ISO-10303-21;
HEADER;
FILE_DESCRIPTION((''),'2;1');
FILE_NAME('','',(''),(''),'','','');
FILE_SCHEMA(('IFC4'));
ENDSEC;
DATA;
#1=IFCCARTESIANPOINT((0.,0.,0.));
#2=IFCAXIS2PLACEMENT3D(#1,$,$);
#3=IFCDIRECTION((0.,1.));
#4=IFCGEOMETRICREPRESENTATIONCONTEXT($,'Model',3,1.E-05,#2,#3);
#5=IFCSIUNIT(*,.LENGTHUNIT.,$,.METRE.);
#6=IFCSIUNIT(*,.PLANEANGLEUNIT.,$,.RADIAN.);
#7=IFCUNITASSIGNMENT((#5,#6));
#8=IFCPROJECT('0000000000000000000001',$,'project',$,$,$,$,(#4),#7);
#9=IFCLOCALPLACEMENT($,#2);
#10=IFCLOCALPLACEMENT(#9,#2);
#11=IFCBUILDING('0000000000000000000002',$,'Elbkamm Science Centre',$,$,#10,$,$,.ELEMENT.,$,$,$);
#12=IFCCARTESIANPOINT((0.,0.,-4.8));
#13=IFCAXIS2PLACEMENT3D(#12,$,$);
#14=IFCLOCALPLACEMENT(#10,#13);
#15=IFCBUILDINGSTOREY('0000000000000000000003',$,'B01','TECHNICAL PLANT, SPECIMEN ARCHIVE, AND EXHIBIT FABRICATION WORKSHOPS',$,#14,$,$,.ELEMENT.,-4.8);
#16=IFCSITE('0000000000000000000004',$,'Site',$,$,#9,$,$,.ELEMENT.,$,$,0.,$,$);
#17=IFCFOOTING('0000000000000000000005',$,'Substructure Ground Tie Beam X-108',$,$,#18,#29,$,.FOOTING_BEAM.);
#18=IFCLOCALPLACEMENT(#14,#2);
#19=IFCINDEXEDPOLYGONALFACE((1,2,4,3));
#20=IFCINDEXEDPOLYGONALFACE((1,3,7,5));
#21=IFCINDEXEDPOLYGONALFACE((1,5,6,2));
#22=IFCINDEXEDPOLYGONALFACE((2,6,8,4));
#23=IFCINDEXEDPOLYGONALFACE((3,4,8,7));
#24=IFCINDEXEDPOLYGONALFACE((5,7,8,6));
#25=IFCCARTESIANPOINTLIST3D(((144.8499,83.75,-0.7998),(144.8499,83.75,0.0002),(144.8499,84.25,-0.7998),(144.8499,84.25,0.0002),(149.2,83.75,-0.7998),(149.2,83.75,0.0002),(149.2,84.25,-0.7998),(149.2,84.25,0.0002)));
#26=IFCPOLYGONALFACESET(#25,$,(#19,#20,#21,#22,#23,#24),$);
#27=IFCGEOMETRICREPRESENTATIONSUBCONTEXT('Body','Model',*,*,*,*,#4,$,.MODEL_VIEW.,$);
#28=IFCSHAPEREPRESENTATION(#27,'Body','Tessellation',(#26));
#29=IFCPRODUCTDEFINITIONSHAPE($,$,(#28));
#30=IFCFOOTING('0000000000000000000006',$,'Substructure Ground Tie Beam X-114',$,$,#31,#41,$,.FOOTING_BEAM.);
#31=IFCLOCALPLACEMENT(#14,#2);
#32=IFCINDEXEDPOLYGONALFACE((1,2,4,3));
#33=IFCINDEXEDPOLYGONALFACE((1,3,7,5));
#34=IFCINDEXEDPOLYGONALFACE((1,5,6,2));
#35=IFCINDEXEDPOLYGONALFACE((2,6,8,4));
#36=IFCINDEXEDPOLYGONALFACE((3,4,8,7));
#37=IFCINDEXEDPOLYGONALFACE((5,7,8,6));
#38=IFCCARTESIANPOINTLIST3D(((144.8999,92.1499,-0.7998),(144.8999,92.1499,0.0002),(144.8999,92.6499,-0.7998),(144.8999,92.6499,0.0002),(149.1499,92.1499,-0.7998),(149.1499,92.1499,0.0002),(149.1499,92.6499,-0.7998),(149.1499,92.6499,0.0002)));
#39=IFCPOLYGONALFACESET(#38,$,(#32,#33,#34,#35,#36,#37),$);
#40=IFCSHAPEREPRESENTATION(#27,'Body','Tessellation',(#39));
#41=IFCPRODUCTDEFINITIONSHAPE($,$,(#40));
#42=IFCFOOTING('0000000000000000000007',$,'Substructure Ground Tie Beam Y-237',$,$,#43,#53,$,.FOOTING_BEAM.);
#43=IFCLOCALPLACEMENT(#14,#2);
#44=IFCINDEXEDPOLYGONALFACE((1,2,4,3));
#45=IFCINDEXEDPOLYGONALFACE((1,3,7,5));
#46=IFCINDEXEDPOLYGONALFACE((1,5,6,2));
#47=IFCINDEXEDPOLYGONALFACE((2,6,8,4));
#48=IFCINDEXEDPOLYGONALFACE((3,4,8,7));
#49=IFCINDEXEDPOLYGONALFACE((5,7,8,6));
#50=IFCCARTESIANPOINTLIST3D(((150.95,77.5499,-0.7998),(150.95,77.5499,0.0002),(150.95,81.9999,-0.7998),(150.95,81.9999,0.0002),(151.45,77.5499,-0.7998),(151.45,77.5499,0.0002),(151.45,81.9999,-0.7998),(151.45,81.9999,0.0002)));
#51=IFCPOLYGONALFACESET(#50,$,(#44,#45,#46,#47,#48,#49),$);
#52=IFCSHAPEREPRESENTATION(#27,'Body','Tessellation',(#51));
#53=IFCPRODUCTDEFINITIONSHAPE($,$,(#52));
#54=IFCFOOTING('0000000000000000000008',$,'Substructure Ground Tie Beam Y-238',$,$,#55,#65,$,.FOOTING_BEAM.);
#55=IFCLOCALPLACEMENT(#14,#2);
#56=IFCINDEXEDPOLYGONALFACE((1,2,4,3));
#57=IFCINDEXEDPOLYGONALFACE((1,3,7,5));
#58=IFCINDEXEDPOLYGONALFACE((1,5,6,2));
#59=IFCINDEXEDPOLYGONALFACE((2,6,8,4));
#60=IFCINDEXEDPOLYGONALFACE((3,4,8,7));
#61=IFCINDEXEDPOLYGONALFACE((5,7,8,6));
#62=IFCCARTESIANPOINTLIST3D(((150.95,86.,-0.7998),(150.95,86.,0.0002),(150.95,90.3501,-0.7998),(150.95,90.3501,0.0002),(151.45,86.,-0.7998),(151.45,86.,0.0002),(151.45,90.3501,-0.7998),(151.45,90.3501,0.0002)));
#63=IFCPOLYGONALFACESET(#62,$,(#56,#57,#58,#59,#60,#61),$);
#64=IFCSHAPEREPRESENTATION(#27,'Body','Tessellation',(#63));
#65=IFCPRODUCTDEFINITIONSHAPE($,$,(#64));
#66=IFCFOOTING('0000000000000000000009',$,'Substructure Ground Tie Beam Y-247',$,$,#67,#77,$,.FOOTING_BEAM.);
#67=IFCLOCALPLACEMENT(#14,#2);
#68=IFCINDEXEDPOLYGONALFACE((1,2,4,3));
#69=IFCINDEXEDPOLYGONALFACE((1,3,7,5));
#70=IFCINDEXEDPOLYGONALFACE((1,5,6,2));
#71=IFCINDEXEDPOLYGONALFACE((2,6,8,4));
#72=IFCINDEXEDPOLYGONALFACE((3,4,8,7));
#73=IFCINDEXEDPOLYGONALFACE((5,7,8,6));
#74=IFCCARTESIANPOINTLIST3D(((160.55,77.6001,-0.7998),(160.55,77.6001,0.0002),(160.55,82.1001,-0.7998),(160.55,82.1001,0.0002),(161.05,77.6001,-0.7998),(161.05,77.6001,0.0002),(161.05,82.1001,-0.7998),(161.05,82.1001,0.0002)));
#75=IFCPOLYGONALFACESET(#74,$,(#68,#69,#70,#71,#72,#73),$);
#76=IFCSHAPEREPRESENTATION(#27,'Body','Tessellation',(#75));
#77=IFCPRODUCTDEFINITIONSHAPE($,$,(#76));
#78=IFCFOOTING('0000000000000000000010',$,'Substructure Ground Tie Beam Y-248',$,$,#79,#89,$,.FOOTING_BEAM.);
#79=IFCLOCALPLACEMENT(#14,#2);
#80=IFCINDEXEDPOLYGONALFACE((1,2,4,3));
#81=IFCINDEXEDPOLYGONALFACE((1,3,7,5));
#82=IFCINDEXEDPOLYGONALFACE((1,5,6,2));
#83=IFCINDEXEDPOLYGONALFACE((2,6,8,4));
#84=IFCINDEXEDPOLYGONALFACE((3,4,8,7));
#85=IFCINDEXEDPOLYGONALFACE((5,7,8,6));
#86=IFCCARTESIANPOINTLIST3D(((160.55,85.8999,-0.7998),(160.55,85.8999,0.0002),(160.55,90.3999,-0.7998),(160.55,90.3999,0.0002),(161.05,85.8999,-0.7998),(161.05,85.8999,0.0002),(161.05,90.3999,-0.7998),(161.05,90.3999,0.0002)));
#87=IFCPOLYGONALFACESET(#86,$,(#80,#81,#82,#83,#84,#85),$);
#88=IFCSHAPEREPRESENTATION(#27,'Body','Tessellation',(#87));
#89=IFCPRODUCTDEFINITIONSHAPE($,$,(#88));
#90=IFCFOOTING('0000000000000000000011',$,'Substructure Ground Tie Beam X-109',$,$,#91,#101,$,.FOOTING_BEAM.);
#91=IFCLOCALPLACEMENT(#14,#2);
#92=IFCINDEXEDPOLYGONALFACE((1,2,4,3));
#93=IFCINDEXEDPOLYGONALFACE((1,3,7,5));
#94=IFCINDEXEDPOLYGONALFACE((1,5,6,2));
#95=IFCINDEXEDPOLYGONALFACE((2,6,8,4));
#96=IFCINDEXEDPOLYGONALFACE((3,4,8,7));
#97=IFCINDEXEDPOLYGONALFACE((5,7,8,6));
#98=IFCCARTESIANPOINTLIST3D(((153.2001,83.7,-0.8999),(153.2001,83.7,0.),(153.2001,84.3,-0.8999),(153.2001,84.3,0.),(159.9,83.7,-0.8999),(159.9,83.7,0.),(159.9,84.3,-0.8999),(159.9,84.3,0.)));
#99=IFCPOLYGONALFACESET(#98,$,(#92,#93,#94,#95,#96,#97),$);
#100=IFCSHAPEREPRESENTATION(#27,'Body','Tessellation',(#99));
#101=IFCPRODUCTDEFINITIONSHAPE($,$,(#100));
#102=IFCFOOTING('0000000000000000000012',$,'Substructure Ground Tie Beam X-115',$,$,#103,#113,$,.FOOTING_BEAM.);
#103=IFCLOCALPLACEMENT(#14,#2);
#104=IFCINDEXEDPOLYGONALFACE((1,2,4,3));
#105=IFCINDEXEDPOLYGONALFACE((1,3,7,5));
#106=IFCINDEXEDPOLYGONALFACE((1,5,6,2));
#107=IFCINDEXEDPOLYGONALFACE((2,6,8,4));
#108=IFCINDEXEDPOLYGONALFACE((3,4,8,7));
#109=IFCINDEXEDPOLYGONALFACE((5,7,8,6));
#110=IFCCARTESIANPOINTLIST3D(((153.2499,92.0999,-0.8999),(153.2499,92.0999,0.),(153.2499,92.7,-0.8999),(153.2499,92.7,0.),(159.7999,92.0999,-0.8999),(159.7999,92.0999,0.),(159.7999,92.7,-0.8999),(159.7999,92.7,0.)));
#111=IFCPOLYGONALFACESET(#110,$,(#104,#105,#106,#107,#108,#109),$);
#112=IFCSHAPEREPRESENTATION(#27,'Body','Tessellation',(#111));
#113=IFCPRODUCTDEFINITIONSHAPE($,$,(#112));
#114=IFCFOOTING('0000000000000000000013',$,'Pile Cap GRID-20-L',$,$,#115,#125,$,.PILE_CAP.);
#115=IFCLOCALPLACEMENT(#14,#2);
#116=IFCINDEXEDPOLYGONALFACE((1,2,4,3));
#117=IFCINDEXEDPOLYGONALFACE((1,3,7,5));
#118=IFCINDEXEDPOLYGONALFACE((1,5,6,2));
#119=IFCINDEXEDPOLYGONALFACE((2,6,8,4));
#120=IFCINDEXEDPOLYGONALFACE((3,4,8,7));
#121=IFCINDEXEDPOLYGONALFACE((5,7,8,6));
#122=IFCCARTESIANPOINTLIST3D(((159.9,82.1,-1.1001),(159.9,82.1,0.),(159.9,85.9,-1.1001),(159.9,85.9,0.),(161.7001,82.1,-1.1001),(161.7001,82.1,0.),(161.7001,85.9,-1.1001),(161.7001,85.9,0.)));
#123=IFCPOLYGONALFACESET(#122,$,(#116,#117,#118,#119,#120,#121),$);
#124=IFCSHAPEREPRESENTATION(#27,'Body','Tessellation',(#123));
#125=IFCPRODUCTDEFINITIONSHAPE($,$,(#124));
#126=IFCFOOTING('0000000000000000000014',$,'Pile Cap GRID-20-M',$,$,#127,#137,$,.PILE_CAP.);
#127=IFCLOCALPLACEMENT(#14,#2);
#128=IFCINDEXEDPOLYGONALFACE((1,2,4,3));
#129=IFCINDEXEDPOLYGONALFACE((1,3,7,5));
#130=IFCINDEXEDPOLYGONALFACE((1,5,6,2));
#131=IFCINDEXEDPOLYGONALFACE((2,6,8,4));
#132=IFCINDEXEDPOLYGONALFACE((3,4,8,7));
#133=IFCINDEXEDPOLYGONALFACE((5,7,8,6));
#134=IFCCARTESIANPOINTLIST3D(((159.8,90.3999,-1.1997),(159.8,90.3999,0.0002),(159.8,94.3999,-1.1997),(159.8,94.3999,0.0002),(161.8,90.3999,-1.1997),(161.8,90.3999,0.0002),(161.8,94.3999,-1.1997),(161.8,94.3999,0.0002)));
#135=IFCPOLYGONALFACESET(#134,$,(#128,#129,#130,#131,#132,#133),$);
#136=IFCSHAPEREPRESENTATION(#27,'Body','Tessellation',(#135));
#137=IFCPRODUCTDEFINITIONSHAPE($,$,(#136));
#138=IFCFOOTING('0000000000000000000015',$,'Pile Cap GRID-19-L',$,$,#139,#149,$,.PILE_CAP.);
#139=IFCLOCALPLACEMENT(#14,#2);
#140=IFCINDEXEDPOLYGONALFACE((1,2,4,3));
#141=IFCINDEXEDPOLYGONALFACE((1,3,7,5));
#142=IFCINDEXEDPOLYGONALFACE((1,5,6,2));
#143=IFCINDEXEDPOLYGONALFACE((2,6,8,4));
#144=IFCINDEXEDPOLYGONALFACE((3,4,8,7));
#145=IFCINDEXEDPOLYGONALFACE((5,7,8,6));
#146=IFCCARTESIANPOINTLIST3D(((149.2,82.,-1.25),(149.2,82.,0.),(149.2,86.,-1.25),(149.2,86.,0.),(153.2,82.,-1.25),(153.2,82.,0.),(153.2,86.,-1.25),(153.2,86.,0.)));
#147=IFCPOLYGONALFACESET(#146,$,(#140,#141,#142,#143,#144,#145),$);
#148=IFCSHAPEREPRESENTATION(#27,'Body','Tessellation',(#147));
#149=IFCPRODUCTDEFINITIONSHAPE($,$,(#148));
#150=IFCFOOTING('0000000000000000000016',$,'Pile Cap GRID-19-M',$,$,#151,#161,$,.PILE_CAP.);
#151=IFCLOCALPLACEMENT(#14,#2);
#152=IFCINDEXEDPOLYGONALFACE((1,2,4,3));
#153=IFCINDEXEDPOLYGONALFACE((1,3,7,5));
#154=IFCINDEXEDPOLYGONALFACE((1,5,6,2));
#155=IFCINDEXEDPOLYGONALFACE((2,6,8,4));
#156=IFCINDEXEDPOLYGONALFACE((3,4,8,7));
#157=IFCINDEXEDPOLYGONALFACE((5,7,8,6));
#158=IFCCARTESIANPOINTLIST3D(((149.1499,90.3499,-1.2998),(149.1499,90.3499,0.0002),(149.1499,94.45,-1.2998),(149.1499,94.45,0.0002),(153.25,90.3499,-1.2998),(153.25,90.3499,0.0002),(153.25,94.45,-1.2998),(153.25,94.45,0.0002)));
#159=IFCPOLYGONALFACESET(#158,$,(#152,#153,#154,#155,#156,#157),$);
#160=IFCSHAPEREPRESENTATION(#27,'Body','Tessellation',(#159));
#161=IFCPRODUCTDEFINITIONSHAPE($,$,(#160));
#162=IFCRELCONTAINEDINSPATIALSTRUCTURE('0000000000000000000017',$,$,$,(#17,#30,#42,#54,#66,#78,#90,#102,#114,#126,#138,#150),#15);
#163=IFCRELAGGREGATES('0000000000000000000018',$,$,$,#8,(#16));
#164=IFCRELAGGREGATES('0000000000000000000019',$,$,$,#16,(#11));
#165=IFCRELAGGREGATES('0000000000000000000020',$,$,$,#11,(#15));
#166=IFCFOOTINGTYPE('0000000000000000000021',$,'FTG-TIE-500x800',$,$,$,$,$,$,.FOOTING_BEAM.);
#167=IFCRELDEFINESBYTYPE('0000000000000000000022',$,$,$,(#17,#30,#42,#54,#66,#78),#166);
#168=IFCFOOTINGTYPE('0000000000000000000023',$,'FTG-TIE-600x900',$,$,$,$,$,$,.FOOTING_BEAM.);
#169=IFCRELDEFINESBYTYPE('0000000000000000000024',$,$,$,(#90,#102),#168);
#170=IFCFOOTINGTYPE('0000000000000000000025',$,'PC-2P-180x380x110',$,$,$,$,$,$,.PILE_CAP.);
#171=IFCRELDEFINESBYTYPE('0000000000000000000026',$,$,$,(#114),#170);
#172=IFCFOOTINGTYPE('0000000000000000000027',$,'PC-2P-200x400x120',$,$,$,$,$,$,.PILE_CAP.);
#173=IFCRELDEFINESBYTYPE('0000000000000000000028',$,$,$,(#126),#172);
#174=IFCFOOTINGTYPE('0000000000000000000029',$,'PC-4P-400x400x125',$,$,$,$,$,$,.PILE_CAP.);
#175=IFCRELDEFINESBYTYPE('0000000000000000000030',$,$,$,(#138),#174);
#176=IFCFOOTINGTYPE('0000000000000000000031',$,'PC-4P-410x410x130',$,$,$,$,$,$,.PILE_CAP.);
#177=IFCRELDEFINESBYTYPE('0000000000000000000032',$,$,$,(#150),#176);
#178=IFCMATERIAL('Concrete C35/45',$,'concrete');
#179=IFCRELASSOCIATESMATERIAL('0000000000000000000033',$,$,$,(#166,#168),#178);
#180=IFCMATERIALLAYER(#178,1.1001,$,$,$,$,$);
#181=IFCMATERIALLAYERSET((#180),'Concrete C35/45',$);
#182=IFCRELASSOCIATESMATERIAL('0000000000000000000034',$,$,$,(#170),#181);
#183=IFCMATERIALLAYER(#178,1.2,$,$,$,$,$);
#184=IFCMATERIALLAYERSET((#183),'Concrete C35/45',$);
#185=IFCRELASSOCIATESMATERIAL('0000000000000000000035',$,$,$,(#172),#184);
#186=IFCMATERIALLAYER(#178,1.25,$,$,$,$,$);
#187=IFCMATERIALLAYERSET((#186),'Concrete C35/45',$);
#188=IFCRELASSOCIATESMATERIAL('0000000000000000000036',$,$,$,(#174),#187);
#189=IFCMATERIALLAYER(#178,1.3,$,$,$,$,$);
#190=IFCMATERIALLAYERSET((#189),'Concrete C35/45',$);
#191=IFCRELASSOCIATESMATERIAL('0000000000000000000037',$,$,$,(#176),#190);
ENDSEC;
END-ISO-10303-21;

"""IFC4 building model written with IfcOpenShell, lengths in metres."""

from ifc_helpers import new_model, si_unit, direction, frame, origin, origin_2d, place, context, subcontext, project, spatial, rectangle, extrude, material, layer, layer_set, type_object, element, save


model = new_model("IFC4")

# Units and contexts
model_context = context("Model", 3, precision=1e-05, world=origin(), true_north=direction((0.0, 1.0)))
body_context = subcontext(model_context, "Body", "Model", "MODEL_VIEW")
ifc_project = project(units=[si_unit("LENGTHUNIT", "METRE"), si_unit("PLANEANGLEUNIT", "RADIAN")], contexts=[model_context])

# Site, building, storey
site_placement = place(None, origin())
site = spatial("IfcSite", under=ifc_project, at=site_placement, Name="Site", CompositionType="ELEMENT", RefElevation=0.0)
building_placement = place(site_placement, origin())
building = spatial("IfcBuilding", under=site, at=building_placement, Name="Elbkamm Science Centre", CompositionType="ELEMENT")
storey_placement = place(building_placement, frame((0.0, 0.0, -4.8)))
storey = spatial("IfcBuildingStorey", under=building, at=storey_placement, Name="B01", Description="TECHNICAL PLANT, SPECIMEN ARCHIVE, AND EXHIBIT FABRICATION WORKSHOPS", CompositionType="ELEMENT", Elevation=-4.8)

# Footings
ifc_material_1 = material(Name="Concrete C35/45", Category="concrete")
footing_type_1 = type_object("IfcFootingType", Name="FTG-TIE-500x800", PredefinedType="FOOTING_BEAM", material=ifc_material_1)
footing_1_placement = place(storey_placement, frame((147.0249, 84.0, -0.7998), z_axis=(0.0, 0.0, 1.0), x_axis=(1.0, 0.0, 0.0)))
element("IfcFooting", 1, at=footing_1_placement, inside=storey, type_object=footing_type_1, Name="Substructure Ground Tie Beam X-108", PredefinedType="FOOTING_BEAM", context=body_context, shape_type="SweptSolid", body=[
    extrude(rectangle(XDim=4.3501, YDim=0.5, at=origin_2d()), origin(), (0.0, 0.0, 1.0), 0.8),
])
footing_2_placement = place(storey_placement, frame((147.0249, 92.3999, -0.7998), z_axis=(0.0, 0.0, 1.0), x_axis=(1.0, 0.0, 0.0)))
element("IfcFooting", 2, at=footing_2_placement, inside=storey, type_object=footing_type_1, Name="Substructure Ground Tie Beam X-114", PredefinedType="FOOTING_BEAM", context=body_context, shape_type="SweptSolid", body=[
    extrude(rectangle(XDim=4.25, YDim=0.5, at=origin_2d()), origin(), (0.0, 0.0, 1.0), 0.8),
])
footing_3_placement = place(storey_placement, frame((151.2, 79.7749, -0.7998), z_axis=(0.0, 0.0, 1.0), x_axis=(1.0, 0.0, 0.0)))
element("IfcFooting", 3, at=footing_3_placement, inside=storey, type_object=footing_type_1, Name="Substructure Ground Tie Beam Y-237", PredefinedType="FOOTING_BEAM", context=body_context, shape_type="SweptSolid", body=[
    extrude(rectangle(XDim=0.5, YDim=4.45, at=origin_2d()), origin(), (0.0, 0.0, 1.0), 0.8),
])
footing_4_placement = place(storey_placement, frame((151.2, 88.175, -0.7998), z_axis=(0.0, 0.0, 1.0), x_axis=(1.0, 0.0, 0.0)))
element("IfcFooting", 4, at=footing_4_placement, inside=storey, type_object=footing_type_1, Name="Substructure Ground Tie Beam Y-238", PredefinedType="FOOTING_BEAM", context=body_context, shape_type="SweptSolid", body=[
    extrude(rectangle(XDim=0.5, YDim=4.3501, at=origin_2d()), origin(), (0.0, 0.0, 1.0), 0.8),
])
for number, where, z_axis, x_axis, name in (
    (5, (160.8, 79.8501, -0.7998), (0.0, 0.0, 1.0), (1.0, 0.0, 0.0), "Substructure Ground Tie Beam Y-247"),
    (6, (160.8, 88.1499, -0.7998), (0.0, 0.0, 1.0), (1.0, 0.0, 0.0), "Substructure Ground Tie Beam Y-248"),
):
    element("IfcFooting", number, at=place(storey_placement, frame(where, z_axis=z_axis, x_axis=x_axis)), inside=storey, type_object=footing_type_1, Name=name, PredefinedType="FOOTING_BEAM", context=body_context, shape_type="SweptSolid", body=[
        extrude(rectangle(XDim=0.5, YDim=4.5, at=origin_2d()), origin(), (0.0, 0.0, 1.0), 0.8),
    ])
footing_type_2 = type_object("IfcFootingType", Name="FTG-TIE-600x900", PredefinedType="FOOTING_BEAM", material=ifc_material_1)
footing_5_placement = place(storey_placement, frame((156.55, 84.0, -0.8999), z_axis=(0.0, 0.0, 1.0), x_axis=(1.0, 0.0, 0.0)))
element("IfcFooting", 7, at=footing_5_placement, inside=storey, type_object=footing_type_2, Name="Substructure Ground Tie Beam X-109", PredefinedType="FOOTING_BEAM", context=body_context, shape_type="SweptSolid", body=[
    extrude(rectangle(XDim=6.7, YDim=0.6001, at=origin_2d()), origin(), (0.0, 0.0, 1.0), 0.8999),
])
footing_6_placement = place(storey_placement, frame((156.5249, 92.3999, -0.8999), z_axis=(0.0, 0.0, 1.0), x_axis=(1.0, 0.0, 0.0)))
element("IfcFooting", 8, at=footing_6_placement, inside=storey, type_object=footing_type_2, Name="Substructure Ground Tie Beam X-115", PredefinedType="FOOTING_BEAM", context=body_context, shape_type="SweptSolid", body=[
    extrude(rectangle(XDim=6.55, YDim=0.6001, at=origin_2d()), origin(), (0.0, 0.0, 1.0), 0.8999),
])
ifc_layer_1 = layer(ifc_material_1, 1.1001)
ifc_layer_set_1 = layer_set([ifc_layer_1], Name="Concrete C35/45")
footing_type_3 = type_object("IfcFootingType", Name="PC-2P-180x380x110", PredefinedType="PILE_CAP", material=ifc_layer_set_1)
footing_7_placement = place(storey_placement, frame((160.8, 84.0, -1.1001), z_axis=(0.0, 0.0, 1.0), x_axis=(1.0, 0.0, 0.0)))
element("IfcFooting", 9, at=footing_7_placement, inside=storey, type_object=footing_type_3, Name="Pile Cap GRID-20-L", PredefinedType="PILE_CAP", context=body_context, shape_type="SweptSolid", body=[
    extrude(rectangle(XDim=1.8, YDim=3.8, at=origin_2d()), origin(), (0.0, 0.0, 1.0), 1.1001),
])
ifc_layer_2 = layer(ifc_material_1, 1.2)
ifc_layer_set_2 = layer_set([ifc_layer_2], Name="Concrete C35/45")
footing_type_4 = type_object("IfcFootingType", Name="PC-2P-200x400x120", PredefinedType="PILE_CAP", material=ifc_layer_set_2)
footing_8_placement = place(storey_placement, frame((160.8, 92.3999, -1.1997), z_axis=(0.0, 0.0, 1.0), x_axis=(1.0, 0.0, 0.0)))
element("IfcFooting", 10, at=footing_8_placement, inside=storey, type_object=footing_type_4, Name="Pile Cap GRID-20-M", PredefinedType="PILE_CAP", context=body_context, shape_type="SweptSolid", body=[
    extrude(rectangle(XDim=2.0, YDim=4.0, at=origin_2d()), origin(), (0.0, 0.0, 1.0), 1.2),
])
ifc_layer_3 = layer(ifc_material_1, 1.25)
ifc_layer_set_3 = layer_set([ifc_layer_3], Name="Concrete C35/45")
footing_type_5 = type_object("IfcFootingType", Name="PC-4P-400x400x125", PredefinedType="PILE_CAP", material=ifc_layer_set_3)
footing_9_placement = place(storey_placement, frame((151.2, 84.0, -1.25), z_axis=(0.0, 0.0, 1.0), x_axis=(1.0, 0.0, 0.0)))
element("IfcFooting", 11, at=footing_9_placement, inside=storey, type_object=footing_type_5, Name="Pile Cap GRID-19-L", PredefinedType="PILE_CAP", context=body_context, shape_type="SweptSolid", body=[
    extrude(rectangle(XDim=4.0, YDim=4.0, at=origin_2d()), origin(), (0.0, 0.0, 1.0), 1.25),
])
ifc_layer_4 = layer(ifc_material_1, 1.3)
ifc_layer_set_4 = layer_set([ifc_layer_4], Name="Concrete C35/45")
footing_type_6 = type_object("IfcFootingType", Name="PC-4P-410x410x130", PredefinedType="PILE_CAP", material=ifc_layer_set_4)
footing_10_placement = place(storey_placement, frame((151.2, 92.3999, -1.2998), z_axis=(0.0, 0.0, 1.0), x_axis=(1.0, 0.0, 0.0)))
element("IfcFooting", 12, at=footing_10_placement, inside=storey, type_object=footing_type_6, Name="Pile Cap GRID-19-M", PredefinedType="PILE_CAP", context=body_context, shape_type="SweptSolid", body=[
    extrude(rectangle(XDim=4.1001, YDim=4.1001, at=origin_2d()), origin(), (0.0, 0.0, 1.0), 1.3),
])

save(model, "model.ifc")
